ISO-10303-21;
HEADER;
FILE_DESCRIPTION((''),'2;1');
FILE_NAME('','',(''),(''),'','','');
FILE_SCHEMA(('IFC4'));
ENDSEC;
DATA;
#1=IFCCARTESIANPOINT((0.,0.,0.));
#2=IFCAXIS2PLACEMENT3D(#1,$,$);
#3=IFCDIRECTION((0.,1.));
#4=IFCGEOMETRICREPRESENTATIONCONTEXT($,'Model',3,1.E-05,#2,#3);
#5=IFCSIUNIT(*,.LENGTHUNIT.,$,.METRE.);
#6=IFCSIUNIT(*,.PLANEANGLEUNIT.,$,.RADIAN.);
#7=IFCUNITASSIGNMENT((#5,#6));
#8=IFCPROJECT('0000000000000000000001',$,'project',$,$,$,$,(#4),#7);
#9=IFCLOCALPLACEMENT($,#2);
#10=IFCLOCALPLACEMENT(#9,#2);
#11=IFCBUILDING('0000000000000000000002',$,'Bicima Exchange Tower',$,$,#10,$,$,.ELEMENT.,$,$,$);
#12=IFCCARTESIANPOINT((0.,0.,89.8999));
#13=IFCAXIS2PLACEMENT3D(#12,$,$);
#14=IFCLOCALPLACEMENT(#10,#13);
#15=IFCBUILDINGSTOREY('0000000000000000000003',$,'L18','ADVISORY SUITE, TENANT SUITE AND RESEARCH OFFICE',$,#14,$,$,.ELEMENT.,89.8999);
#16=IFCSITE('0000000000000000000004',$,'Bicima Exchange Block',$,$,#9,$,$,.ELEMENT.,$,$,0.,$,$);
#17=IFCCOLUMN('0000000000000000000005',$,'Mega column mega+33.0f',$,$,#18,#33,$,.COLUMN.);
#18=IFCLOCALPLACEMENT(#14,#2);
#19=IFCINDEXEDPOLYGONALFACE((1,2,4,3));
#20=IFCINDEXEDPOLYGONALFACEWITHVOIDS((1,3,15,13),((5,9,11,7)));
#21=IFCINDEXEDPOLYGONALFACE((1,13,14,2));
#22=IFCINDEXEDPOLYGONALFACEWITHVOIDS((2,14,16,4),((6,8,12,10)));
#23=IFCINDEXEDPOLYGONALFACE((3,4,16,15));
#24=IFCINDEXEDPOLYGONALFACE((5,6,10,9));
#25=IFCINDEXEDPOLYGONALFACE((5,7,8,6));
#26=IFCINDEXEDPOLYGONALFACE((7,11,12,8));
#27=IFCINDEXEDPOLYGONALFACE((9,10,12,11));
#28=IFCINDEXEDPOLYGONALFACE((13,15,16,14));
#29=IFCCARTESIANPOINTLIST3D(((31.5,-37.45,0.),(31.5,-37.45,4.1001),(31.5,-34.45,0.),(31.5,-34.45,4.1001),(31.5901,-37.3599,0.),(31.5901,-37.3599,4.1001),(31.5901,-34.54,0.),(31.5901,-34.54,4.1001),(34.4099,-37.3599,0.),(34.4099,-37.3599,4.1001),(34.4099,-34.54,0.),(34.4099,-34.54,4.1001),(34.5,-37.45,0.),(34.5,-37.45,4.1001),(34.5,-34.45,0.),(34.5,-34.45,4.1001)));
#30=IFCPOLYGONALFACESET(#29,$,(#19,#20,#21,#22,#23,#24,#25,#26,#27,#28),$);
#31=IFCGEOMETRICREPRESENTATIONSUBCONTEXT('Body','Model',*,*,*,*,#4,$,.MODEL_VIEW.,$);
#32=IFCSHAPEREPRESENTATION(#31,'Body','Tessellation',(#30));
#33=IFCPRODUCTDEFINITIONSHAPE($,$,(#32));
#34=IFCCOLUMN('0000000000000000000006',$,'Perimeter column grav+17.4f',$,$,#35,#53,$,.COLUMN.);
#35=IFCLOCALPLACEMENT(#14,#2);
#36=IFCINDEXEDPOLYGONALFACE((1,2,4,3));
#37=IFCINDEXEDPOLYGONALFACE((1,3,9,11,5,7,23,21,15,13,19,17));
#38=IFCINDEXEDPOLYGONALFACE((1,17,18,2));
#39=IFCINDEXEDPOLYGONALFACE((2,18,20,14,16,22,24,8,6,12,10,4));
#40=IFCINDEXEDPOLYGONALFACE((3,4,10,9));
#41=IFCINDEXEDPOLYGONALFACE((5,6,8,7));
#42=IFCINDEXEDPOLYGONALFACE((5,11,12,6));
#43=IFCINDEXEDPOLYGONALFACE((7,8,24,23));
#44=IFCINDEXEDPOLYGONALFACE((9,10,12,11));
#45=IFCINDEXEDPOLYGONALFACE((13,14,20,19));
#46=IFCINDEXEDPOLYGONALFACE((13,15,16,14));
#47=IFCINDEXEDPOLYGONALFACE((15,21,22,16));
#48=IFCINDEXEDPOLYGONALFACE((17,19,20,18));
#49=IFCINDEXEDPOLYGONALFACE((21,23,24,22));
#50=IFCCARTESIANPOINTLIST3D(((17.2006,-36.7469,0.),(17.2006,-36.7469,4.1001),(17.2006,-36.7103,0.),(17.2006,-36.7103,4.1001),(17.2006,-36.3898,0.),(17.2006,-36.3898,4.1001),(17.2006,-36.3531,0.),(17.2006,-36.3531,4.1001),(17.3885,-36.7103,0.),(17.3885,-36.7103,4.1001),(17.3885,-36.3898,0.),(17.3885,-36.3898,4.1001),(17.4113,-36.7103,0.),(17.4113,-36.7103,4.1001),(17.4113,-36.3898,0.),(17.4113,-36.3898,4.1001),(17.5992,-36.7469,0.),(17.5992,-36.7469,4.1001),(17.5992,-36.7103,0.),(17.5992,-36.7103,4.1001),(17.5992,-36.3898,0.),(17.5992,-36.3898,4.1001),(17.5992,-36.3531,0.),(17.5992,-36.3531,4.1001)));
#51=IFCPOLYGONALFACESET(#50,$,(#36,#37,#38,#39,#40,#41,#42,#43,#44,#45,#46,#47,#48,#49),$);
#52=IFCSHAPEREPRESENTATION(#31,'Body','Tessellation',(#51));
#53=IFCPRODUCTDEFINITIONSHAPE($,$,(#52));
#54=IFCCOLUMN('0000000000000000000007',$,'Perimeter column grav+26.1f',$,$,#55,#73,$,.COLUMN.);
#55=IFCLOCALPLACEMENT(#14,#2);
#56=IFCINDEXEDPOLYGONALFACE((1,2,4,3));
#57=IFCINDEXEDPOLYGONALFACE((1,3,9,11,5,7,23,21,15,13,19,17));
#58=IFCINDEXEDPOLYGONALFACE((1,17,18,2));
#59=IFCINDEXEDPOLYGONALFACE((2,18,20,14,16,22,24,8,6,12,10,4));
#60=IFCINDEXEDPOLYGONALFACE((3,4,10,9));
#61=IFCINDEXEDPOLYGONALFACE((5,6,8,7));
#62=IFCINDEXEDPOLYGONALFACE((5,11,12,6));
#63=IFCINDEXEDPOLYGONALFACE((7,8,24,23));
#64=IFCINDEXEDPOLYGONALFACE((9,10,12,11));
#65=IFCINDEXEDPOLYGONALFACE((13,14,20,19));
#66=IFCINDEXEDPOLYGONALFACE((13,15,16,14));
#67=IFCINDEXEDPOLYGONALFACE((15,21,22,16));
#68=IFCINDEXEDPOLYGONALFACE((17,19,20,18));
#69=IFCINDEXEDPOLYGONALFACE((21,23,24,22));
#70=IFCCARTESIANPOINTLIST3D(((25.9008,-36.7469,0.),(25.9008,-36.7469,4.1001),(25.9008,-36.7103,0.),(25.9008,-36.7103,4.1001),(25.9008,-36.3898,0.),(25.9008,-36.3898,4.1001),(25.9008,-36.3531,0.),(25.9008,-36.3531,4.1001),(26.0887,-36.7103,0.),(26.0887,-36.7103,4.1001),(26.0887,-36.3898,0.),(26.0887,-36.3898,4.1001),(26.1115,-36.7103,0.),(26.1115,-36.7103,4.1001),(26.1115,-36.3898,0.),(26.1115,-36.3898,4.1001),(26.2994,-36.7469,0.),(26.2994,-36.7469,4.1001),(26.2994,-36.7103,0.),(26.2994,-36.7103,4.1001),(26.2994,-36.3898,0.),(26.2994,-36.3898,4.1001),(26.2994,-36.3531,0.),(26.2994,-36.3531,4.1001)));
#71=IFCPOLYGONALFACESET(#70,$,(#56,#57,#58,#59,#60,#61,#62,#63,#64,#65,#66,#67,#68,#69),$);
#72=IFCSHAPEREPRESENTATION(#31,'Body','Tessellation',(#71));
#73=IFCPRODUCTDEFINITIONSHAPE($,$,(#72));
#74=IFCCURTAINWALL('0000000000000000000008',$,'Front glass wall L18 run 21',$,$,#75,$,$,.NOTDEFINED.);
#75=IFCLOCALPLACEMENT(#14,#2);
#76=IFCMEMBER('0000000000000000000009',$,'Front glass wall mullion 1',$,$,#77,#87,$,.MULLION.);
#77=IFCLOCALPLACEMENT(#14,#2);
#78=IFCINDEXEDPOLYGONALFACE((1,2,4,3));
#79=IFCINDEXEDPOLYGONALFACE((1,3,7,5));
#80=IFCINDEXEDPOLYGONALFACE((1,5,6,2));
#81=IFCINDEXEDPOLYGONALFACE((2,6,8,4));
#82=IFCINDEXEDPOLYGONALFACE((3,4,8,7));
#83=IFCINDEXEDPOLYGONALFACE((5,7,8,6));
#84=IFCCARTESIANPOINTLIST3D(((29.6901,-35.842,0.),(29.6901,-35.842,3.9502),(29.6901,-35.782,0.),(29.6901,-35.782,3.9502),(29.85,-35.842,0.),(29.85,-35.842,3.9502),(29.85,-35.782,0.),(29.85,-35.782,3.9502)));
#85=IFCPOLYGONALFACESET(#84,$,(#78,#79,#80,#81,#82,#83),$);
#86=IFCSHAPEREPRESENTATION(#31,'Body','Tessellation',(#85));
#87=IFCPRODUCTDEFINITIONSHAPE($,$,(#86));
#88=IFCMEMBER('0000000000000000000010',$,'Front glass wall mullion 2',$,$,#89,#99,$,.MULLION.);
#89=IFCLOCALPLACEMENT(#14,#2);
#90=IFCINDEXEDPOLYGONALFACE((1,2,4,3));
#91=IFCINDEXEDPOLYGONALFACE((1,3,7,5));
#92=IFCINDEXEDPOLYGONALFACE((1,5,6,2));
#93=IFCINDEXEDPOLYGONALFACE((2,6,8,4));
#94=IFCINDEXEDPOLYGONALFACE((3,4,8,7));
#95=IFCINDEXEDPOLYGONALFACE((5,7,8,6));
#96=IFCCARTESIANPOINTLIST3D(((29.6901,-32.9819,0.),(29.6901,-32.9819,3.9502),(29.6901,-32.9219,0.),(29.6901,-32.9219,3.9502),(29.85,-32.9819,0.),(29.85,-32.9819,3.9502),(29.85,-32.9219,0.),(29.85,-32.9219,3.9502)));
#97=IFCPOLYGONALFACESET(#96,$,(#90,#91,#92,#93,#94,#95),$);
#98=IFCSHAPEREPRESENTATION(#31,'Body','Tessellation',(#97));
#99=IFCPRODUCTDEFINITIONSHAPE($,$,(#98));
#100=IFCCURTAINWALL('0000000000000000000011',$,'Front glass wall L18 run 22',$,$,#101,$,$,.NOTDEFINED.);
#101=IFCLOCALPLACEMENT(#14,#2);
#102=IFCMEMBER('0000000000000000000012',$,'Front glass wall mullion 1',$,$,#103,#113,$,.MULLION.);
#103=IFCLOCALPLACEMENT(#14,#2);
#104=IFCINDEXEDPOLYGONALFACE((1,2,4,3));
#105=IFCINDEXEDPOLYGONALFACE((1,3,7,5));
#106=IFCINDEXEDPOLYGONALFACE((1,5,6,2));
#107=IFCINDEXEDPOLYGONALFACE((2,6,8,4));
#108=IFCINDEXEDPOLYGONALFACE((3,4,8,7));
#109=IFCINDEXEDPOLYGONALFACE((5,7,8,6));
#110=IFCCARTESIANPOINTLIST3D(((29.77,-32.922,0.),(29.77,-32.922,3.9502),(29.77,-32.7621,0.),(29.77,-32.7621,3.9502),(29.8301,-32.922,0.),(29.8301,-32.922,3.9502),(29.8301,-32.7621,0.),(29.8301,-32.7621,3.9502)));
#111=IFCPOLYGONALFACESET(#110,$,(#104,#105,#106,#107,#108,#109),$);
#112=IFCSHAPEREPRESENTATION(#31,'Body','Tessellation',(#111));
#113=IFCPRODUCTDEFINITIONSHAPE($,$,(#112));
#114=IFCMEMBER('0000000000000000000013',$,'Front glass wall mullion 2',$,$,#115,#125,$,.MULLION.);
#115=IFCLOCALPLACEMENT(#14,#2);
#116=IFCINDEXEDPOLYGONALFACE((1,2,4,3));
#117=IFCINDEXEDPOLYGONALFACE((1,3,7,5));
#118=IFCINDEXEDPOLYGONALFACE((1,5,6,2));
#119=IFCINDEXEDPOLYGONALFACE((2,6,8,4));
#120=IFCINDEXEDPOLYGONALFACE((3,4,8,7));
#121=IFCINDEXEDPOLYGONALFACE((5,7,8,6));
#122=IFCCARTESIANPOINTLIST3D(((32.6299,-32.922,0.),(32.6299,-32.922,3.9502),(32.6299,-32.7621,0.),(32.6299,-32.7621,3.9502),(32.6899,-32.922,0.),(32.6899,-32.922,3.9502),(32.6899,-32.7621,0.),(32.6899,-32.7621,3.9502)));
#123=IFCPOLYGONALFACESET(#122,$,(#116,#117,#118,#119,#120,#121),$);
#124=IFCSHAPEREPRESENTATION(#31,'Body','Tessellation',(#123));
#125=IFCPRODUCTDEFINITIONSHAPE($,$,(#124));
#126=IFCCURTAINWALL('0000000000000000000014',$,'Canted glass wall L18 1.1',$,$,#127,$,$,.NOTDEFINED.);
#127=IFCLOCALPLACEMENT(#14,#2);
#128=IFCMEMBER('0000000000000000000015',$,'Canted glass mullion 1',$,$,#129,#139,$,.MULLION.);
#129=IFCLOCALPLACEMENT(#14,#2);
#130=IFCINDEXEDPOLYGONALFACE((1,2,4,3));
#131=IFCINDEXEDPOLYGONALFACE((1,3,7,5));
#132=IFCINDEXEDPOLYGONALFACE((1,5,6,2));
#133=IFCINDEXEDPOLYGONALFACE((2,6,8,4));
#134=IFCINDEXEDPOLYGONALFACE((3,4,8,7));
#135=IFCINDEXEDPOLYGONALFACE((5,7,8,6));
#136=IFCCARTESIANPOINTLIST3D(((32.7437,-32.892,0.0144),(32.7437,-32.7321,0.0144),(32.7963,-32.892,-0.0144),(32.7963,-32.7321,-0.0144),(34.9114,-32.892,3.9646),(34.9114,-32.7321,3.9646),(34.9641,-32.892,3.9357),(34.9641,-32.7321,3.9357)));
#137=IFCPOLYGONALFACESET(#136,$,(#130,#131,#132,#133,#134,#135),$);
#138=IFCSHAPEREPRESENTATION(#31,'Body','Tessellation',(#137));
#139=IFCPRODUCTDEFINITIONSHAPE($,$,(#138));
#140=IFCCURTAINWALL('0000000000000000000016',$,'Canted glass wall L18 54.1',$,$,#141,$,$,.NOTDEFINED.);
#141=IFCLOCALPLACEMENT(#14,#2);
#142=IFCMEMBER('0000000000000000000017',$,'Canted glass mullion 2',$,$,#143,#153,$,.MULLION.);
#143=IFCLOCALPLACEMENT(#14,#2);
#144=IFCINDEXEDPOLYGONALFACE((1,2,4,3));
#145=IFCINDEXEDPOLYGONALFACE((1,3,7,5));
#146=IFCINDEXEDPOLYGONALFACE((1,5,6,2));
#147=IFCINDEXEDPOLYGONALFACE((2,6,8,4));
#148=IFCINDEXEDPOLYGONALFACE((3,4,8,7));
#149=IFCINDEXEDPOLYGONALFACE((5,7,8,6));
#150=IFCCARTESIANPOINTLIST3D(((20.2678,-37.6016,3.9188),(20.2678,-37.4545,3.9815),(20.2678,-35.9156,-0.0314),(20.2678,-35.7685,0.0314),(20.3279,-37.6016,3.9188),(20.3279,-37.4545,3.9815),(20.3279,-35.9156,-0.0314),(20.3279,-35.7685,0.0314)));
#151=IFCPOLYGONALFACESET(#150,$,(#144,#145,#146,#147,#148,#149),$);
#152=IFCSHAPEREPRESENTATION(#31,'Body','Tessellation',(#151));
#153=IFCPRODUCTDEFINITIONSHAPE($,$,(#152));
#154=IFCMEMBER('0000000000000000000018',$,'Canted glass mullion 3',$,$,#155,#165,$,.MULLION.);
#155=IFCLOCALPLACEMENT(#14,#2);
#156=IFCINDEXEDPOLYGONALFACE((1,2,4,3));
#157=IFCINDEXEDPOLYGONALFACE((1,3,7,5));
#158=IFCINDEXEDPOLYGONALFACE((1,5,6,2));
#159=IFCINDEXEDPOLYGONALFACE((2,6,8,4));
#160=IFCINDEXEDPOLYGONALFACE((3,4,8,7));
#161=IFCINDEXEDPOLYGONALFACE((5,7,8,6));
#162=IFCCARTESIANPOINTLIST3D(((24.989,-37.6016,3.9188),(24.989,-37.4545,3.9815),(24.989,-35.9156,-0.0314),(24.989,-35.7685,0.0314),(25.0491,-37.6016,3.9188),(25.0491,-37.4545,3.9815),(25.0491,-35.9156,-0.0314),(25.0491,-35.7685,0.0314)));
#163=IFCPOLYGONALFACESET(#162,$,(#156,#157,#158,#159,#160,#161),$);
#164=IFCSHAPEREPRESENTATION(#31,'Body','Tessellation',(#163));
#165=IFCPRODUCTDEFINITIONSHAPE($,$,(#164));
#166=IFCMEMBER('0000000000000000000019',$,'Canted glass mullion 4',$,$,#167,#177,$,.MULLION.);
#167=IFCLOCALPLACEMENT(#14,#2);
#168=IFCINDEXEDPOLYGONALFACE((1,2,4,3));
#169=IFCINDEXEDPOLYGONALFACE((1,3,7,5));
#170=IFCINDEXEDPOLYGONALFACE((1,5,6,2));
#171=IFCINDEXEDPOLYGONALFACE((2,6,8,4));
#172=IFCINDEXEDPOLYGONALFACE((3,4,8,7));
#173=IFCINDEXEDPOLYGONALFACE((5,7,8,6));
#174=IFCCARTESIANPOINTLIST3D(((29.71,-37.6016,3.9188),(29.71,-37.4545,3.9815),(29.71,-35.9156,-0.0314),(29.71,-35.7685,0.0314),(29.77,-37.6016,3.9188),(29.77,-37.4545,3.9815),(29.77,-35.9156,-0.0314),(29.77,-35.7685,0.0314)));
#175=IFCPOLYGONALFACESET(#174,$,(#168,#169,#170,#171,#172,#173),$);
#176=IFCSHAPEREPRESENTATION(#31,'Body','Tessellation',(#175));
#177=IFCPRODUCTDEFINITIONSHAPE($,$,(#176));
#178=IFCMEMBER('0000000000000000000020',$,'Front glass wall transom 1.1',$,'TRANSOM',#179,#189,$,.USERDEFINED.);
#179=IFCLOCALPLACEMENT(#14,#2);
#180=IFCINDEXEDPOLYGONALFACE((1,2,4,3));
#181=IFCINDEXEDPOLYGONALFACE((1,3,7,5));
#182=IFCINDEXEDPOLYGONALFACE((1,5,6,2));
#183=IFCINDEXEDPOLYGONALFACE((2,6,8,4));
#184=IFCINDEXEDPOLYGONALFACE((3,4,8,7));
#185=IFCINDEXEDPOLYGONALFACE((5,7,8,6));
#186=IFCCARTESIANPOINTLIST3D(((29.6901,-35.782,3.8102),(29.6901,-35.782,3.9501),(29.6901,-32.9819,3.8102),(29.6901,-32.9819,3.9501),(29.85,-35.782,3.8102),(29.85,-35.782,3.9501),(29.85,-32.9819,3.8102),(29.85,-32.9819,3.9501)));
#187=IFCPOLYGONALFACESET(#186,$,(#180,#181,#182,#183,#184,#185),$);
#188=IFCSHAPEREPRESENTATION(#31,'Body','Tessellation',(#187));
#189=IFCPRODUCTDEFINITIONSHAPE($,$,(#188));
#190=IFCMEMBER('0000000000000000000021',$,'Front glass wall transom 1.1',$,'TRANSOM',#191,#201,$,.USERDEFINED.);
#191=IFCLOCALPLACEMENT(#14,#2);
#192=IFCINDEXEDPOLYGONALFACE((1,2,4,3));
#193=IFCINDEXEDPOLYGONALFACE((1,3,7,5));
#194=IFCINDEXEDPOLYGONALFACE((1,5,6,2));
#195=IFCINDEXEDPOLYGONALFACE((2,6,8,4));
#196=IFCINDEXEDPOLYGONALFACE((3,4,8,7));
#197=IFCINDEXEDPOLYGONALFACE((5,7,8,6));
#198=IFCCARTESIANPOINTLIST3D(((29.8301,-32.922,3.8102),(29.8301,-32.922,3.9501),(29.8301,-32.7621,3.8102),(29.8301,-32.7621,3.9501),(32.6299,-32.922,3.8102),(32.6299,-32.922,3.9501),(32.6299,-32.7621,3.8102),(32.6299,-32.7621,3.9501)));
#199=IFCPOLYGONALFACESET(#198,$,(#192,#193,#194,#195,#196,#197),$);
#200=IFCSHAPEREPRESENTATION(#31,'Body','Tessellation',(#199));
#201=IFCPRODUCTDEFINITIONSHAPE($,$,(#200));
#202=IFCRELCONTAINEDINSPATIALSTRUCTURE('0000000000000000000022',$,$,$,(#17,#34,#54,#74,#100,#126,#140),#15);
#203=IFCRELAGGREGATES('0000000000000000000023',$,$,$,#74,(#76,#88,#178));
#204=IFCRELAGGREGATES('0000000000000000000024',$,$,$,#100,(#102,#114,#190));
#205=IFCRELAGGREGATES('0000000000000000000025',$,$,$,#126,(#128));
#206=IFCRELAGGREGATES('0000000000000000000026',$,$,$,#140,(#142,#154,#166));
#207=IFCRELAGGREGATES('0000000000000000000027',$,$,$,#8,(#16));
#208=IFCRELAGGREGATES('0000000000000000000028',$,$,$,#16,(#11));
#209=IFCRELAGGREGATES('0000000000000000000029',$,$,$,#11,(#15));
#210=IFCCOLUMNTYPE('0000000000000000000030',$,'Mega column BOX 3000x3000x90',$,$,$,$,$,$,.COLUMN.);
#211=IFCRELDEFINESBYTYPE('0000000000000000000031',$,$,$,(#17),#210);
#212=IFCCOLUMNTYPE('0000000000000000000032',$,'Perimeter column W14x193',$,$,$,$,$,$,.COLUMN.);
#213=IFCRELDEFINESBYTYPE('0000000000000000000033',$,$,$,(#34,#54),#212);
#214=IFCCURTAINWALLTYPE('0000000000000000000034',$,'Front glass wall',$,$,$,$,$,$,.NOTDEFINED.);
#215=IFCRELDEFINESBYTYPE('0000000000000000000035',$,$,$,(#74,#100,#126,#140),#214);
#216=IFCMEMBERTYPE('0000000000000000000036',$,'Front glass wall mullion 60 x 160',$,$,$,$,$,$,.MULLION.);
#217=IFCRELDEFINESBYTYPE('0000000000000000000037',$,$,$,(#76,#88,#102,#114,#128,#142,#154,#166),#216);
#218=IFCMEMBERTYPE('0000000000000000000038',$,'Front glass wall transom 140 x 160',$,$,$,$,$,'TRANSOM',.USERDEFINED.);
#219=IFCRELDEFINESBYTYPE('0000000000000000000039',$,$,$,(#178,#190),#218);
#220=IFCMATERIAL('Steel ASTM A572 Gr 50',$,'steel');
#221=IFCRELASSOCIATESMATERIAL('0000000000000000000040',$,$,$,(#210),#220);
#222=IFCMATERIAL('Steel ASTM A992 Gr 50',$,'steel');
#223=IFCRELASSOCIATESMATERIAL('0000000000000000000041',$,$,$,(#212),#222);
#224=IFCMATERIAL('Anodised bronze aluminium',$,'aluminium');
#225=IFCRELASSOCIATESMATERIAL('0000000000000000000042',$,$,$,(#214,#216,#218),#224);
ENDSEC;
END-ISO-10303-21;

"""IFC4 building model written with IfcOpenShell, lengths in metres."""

from ifc_helpers import new_model, si_unit, direction, frame, origin, origin_2d, place, context, subcontext, project, spatial, rectangle, hollow_rectangle, i_section, extrude, material, material_profile, profile_set, type_object, element, aggregate, save


model = new_model("IFC4")

# Units and contexts
model_context = context("Model", 3, precision=1e-05, world=origin(), true_north=direction((0.0, 1.0)))
body_context = subcontext(model_context, "Body", "Model", "MODEL_VIEW")
ifc_project = project(units=[si_unit("LENGTHUNIT", "METRE"), si_unit("PLANEANGLEUNIT", "RADIAN")], contexts=[model_context])

# Site, building, storey
site_placement = place(None, origin())
site = spatial("IfcSite", under=ifc_project, at=site_placement, Name="Bicima Exchange Block", CompositionType="ELEMENT", RefElevation=0.0)
building_placement = place(site_placement, origin())
building = spatial("IfcBuilding", under=site, at=building_placement, Name="Bicima Exchange Tower", CompositionType="ELEMENT")
storey_placement = place(building_placement, frame((0.0, 0.0, 89.8999)))
storey = spatial("IfcBuildingStorey", under=building, at=storey_placement, Name="L18", Description="ADVISORY SUITE, TENANT SUITE AND RESEARCH OFFICE", CompositionType="ELEMENT", Elevation=89.8999)

# Columns
ifc_material_1 = material(Name="Steel ASTM A572 Gr 50", Category="steel")
ifc_material_profile_1 = material_profile(ifc_material_1, hollow_rectangle(XDim=3.0, YDim=3.0, WallThickness=0.0901, at=origin_2d()))
ifc_profile_set_1 = profile_set([ifc_material_profile_1], Name="Steel ASTM A572 Gr 50")
column_type_1 = type_object("IfcColumnType", Name="Mega column BOX 3000x3000x90", PredefinedType="COLUMN", material=ifc_profile_set_1)
column_placement = place(storey_placement, frame((33.0, -35.95, 0.0), z_axis=(0.0, 0.0, 1.0), x_axis=(1.0, 0.0, 0.0)))
element("IfcColumn", 1, at=column_placement, inside=storey, type_object=column_type_1, Name="Mega column mega+33.0f", PredefinedType="COLUMN", context=body_context, shape_type="SweptSolid", body=[
    extrude(hollow_rectangle(XDim=3.0, YDim=3.0, WallThickness=0.0901, at=origin_2d()), origin(), (0.0, 0.0, 1.0), 4.1001),
])
ifc_material_2 = material(Name="Steel ASTM A992 Gr 50", Category="steel")
ifc_material_profile_2 = material_profile(ifc_material_2, i_section(OverallWidth=0.3987, OverallDepth=0.3938, WebThickness=0.0227, FlangeThickness=0.0366, at=origin_2d()))
ifc_profile_set_2 = profile_set([ifc_material_profile_2], Name="Steel ASTM A992 Gr 50")
column_type_2 = type_object("IfcColumnType", Name="Perimeter column W14x193", PredefinedType="COLUMN", material=ifc_profile_set_2)
for number, where, z_axis, x_axis, name in (
    (2, (17.3999, -36.55, 0.0), (0.0, 0.0, 1.0), (1.0, 0.0, 0.0), "Perimeter column grav+17.4f"),
    (3, (26.1001, -36.55, 0.0), (0.0, 0.0, 1.0), (1.0, 0.0, 0.0), "Perimeter column grav+26.1f"),
):
    element("IfcColumn", number, at=place(storey_placement, frame(where, z_axis=z_axis, x_axis=x_axis)), inside=storey, type_object=column_type_2, Name=name, PredefinedType="COLUMN", context=body_context, shape_type="SweptSolid", body=[
        extrude(i_section(OverallWidth=0.3987, OverallDepth=0.3938, WebThickness=0.0227, FlangeThickness=0.0366, at=origin_2d()), origin(), (0.0, 0.0, 1.0), 4.1001),
    ])

# Curtain walls, members
ifc_material_3 = material(Name="Anodised bronze aluminium", Category="aluminium")
curtain_wall_type = type_object("IfcCurtainWallType", Name="Front glass wall", PredefinedType="NOTDEFINED", material=ifc_material_3)
curtain_wall_1_placement = place(storey_placement, origin())
curtain_wall_1 = element("IfcCurtainWall", 4, at=curtain_wall_1_placement, inside=storey, type_object=curtain_wall_type, Name="Front glass wall L18 run 21", PredefinedType="NOTDEFINED")
ifc_material_profile_3 = material_profile(ifc_material_3, rectangle(XDim=0.1599, YDim=0.0601, at=origin_2d()))
ifc_profile_set_3 = profile_set([ifc_material_profile_3], Name="Anodised bronze aluminium")
member_type_1 = type_object("IfcMemberType", Name="Front glass wall mullion 60 x 160", PredefinedType="MULLION", material=ifc_profile_set_3)
member_1_placement = place(storey_placement, frame((29.77, -35.812, 0.0), z_axis=(0.0, 0.0, 1.0), x_axis=(-1.0, 0.0, 0.0)))
member_1 = element("IfcMember", 5, at=member_1_placement, type_object=member_type_1, Name="Front glass wall mullion 1", PredefinedType="MULLION", context=body_context, shape_type="SweptSolid", body=[
    extrude(rectangle(XDim=0.1599, YDim=0.0601, at=origin_2d()), origin(), (0.0, 0.0, 1.0), 3.9502),
])
member_2_placement = place(storey_placement, frame((29.77, -32.9519, 0.0), z_axis=(0.0, 0.0, 1.0), x_axis=(-1.0, 0.0, 0.0)))
member_2 = element("IfcMember", 6, at=member_2_placement, type_object=member_type_1, Name="Front glass wall mullion 2", PredefinedType="MULLION", context=body_context, shape_type="SweptSolid", body=[
    extrude(rectangle(XDim=0.1599, YDim=0.0601, at=origin_2d()), origin(), (0.0, 0.0, 1.0), 3.9502),
])
curtain_wall_2_placement = place(storey_placement, origin())
curtain_wall_2 = element("IfcCurtainWall", 7, at=curtain_wall_2_placement, inside=storey, type_object=curtain_wall_type, Name="Front glass wall L18 run 22", PredefinedType="NOTDEFINED")
member_3_placement = place(storey_placement, frame((29.8, -32.842, 0.0), z_axis=(0.0, 0.0, 1.0), x_axis=(0.0, 1.0, 0.0)))
member_3 = element("IfcMember", 8, at=member_3_placement, type_object=member_type_1, Name="Front glass wall mullion 1", PredefinedType="MULLION", context=body_context, shape_type="SweptSolid", body=[
    extrude(rectangle(XDim=0.1599, YDim=0.0601, at=origin_2d()), origin(), (0.0, 0.0, 1.0), 3.9502),
])
member_4_placement = place(storey_placement, frame((32.6599, -32.842, 0.0), z_axis=(0.0, 0.0, 1.0), x_axis=(0.0, 1.0, 0.0)))
member_4 = element("IfcMember", 9, at=member_4_placement, type_object=member_type_1, Name="Front glass wall mullion 2", PredefinedType="MULLION", context=body_context, shape_type="SweptSolid", body=[
    extrude(rectangle(XDim=0.1599, YDim=0.0601, at=origin_2d()), origin(), (0.0, 0.0, 1.0), 3.9502),
])

# Curtain wall, member
curtain_wall_3_placement = place(storey_placement, origin())
curtain_wall_3 = element("IfcCurtainWall", 10, at=curtain_wall_3_placement, inside=storey, type_object=curtain_wall_type, Name="Canted glass wall L18 1.1", PredefinedType="NOTDEFINED")
member_5_placement = place(storey_placement, frame((32.77, -32.812, 0.0), z_axis=(0.481087, 0.0, 0.876673), x_axis=(0.0, -1.0, 0.0)))
member_5 = element("IfcMember", 11, at=member_5_placement, type_object=member_type_1, Name="Canted glass mullion 1", PredefinedType="MULLION", context=body_context, shape_type="SweptSolid", body=[
    extrude(rectangle(XDim=0.1599, YDim=0.0601, at=origin_2d()), origin(), (0.0, 0.0, 1.0), 4.5059),
])

# Curtain wall, members
curtain_wall_4_placement = place(storey_placement, origin())
curtain_wall_4 = element("IfcCurtainWall", 12, at=curtain_wall_4_placement, inside=storey, type_object=curtain_wall_type, Name="Canted glass wall L18 54.1", PredefinedType="NOTDEFINED")
member_6_placement = place(storey_placement, frame((20.2979, -35.842, 0.0), z_axis=(0.0, -0.392561, 0.919726), x_axis=(0.0, 0.919726, 0.392561)))
member_6 = element("IfcMember", 13, at=member_6_placement, type_object=member_type_1, Name="Canted glass mullion 2", PredefinedType="MULLION", context=body_context, shape_type="SweptSolid", body=[
    extrude(rectangle(XDim=0.1599, YDim=0.0601, at=origin_2d()), origin(), (0.0, 0.0, 1.0), 4.2949),
])
member_7_placement = place(storey_placement, frame((25.019, -35.842, 0.0), z_axis=(0.0, -0.392561, 0.919726), x_axis=(0.0, 0.919726, 0.392561)))
member_7 = element("IfcMember", 14, at=member_7_placement, type_object=member_type_1, Name="Canted glass mullion 3", PredefinedType="MULLION", context=body_context, shape_type="SweptSolid", body=[
    extrude(rectangle(XDim=0.1599, YDim=0.0601, at=origin_2d()), origin(), (0.0, 0.0, 1.0), 4.2949),
])
member_8_placement = place(storey_placement, frame((29.74, -35.842, 0.0), z_axis=(0.0, -0.392561, 0.919726), x_axis=(0.0, 0.919726, 0.392561)))
member_8 = element("IfcMember", 15, at=member_8_placement, type_object=member_type_1, Name="Canted glass mullion 4", PredefinedType="MULLION", context=body_context, shape_type="SweptSolid", body=[
    extrude(rectangle(XDim=0.1599, YDim=0.0601, at=origin_2d()), origin(), (0.0, 0.0, 1.0), 4.2949),
])

# Members
ifc_material_profile_4 = material_profile(ifc_material_3, rectangle(XDim=0.1599, YDim=0.1399, at=origin_2d()))
ifc_profile_set_4 = profile_set([ifc_material_profile_4], Name="Anodised bronze aluminium")
member_type_2 = type_object("IfcMemberType", Name="Front glass wall transom 140 x 160", ElementType="TRANSOM", PredefinedType="USERDEFINED", material=ifc_profile_set_4)
member_9_placement = place(storey_placement, frame((29.77, -35.782, 3.8801), z_axis=(0.0, 1.0, 0.0), x_axis=(-1.0, 0.0, 0.0)))
member_9 = element("IfcMember", 16, at=member_9_placement, type_object=member_type_2, Name="Front glass wall transom 1.1", ObjectType="TRANSOM", PredefinedType="USERDEFINED", context=body_context, shape_type="SweptSolid", body=[
    extrude(rectangle(XDim=0.1599, YDim=0.1399, at=origin_2d()), origin(), (0.0, 0.0, 1.0), 2.8),
])
member_10_placement = place(storey_placement, frame((29.8301, -32.842, 3.8801), z_axis=(1.0, 0.0, 0.0), x_axis=(0.0, 1.0, 0.0)))
member_10 = element("IfcMember", 17, at=member_10_placement, type_object=member_type_2, Name="Front glass wall transom 1.1", ObjectType="TRANSOM", PredefinedType="USERDEFINED", context=body_context, shape_type="SweptSolid", body=[
    extrude(rectangle(XDim=0.1599, YDim=0.1399, at=origin_2d()), origin(), (0.0, 0.0, 1.0), 2.7998),
])

aggregate(curtain_wall_1, [member_1, member_2, member_9])
aggregate(curtain_wall_2, [member_3, member_4, member_10])
aggregate(curtain_wall_3, [member_5])
aggregate(curtain_wall_4, [member_6, member_7, member_8])

save(model, "model.ifc")
